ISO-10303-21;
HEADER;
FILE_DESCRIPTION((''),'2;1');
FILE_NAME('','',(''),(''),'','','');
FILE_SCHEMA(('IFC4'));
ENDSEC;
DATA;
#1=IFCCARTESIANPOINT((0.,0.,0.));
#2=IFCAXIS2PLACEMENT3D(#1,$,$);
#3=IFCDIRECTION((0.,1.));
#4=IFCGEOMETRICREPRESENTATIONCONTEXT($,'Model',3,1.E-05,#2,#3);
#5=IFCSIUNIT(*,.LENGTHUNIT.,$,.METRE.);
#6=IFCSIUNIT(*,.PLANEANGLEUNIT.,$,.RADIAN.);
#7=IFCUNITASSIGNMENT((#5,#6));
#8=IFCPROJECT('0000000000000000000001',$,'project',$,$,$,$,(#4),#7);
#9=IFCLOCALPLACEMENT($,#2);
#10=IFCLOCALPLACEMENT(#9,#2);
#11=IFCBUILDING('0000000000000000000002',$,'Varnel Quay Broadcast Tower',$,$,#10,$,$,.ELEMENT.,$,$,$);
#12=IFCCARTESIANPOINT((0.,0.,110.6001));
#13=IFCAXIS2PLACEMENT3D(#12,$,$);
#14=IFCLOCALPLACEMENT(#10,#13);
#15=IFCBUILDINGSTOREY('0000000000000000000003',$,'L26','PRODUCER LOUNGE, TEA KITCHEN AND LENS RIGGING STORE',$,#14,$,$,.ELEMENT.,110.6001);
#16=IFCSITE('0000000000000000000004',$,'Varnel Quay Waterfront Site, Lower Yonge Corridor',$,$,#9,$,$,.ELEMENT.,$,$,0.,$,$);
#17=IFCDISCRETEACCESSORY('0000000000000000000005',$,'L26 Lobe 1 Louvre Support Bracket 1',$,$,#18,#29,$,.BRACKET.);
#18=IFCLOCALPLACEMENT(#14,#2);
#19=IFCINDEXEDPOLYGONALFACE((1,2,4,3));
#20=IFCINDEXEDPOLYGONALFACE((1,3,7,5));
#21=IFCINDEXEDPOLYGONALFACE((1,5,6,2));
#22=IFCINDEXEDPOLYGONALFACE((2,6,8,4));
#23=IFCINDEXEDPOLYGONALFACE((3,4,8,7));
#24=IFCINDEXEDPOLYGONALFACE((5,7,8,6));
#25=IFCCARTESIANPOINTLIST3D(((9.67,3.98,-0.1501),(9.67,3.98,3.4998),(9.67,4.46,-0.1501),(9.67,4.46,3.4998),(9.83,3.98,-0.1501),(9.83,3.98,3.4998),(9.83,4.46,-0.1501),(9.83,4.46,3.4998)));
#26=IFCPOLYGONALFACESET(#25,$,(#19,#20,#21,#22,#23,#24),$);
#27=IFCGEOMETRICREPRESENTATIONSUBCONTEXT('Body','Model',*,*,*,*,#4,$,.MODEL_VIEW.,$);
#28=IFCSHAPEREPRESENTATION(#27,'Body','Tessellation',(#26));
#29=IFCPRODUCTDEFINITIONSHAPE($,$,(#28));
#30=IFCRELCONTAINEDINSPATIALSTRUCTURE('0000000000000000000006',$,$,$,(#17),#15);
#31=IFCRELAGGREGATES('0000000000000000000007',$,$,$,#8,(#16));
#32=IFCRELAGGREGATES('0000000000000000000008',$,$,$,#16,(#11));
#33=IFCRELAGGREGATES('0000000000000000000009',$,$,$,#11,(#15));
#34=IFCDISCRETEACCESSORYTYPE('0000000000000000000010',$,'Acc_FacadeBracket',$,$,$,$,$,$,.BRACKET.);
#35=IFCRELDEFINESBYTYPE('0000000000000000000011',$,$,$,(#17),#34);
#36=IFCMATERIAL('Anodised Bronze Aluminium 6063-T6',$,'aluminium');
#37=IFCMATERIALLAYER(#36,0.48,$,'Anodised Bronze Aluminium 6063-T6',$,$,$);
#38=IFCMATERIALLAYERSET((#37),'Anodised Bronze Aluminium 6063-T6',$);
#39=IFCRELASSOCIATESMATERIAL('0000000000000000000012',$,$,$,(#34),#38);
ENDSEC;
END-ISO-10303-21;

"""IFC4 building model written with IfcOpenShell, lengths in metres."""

from ifc_helpers import new_model, si_unit, direction, frame, origin, origin_2d, place, context, subcontext, project, spatial, rectangle, extrude, source, transform, mapped, material, layer, layer_set, type_object, type_shapes, element, save


model = new_model("IFC4")

# Units and contexts
model_context = context("Model", 3, precision=1e-05, world=origin(), true_north=direction((0.0, 1.0)))
body_context = subcontext(model_context, "Body", "Model", "MODEL_VIEW")
ifc_project = project(units=[si_unit("LENGTHUNIT", "METRE"), si_unit("PLANEANGLEUNIT", "RADIAN")], contexts=[model_context])

# Site, building, storey
site_placement = place(None, origin())
site = spatial("IfcSite", under=ifc_project, at=site_placement, Name="Varnel Quay Waterfront Site, Lower Yonge Corridor", CompositionType="ELEMENT", RefElevation=0.0)
building_placement = place(site_placement, origin())
building = spatial("IfcBuilding", under=site, at=building_placement, Name="Varnel Quay Broadcast Tower", CompositionType="ELEMENT")
storey_placement = place(building_placement, frame((0.0, 0.0, 110.6001)))
storey = spatial("IfcBuildingStorey", under=building, at=storey_placement, Name="L26", Description="PRODUCER LOUNGE, TEA KITCHEN AND LENS RIGGING STORE", CompositionType="ELEMENT", Elevation=110.6001)

# Shared definitions
ifc_material_1 = material(Name="Anodised Bronze Aluminium 6063-T6", Category="aluminium")

# Discrete accessory
ifc_layer_1 = layer(ifc_material_1, 0.48, Name="Anodised Bronze Aluminium 6063-T6")
ifc_layer_set_1 = layer_set([ifc_layer_1], Name="Anodised Bronze Aluminium 6063-T6")
discrete_accessory_type = type_object("IfcDiscreteAccessoryType", Name="Acc_FacadeBracket", PredefinedType="BRACKET", material=ifc_layer_set_1)
shared_shape_1 = source(origin(), body_context, "Body", "SweptSolid", [
    extrude(rectangle(XDim=0.1599, YDim=0.48, at=origin_2d()), origin(), (0.0, 0.0, 1.0), 3.6499),
])
type_shapes(discrete_accessory_type, [shared_shape_1])
discrete_accessory_placement = place(storey_placement, frame((9.75, 4.22, -0.1501), z_axis=(0.0, 0.0, 1.0), x_axis=(1.0, 0.0, 0.0)))
element("IfcDiscreteAccessory", 1, at=discrete_accessory_placement, inside=storey, type_object=discrete_accessory_type, Name="L26 Lobe 1 Louvre Support Bracket 1", PredefinedType="BRACKET", context=body_context, shape_type="MappedRepresentation", body=[
    mapped(shared_shape_1, transform((0.0, 0.0, 0.0), x_axis=(1.0, 0.0, 0.0), y_axis=(0.0, 1.0, 0.0), z_axis=(0.0, 0.0, 1.0), scale=1.0)),
])

save(model, "model.ifc")
